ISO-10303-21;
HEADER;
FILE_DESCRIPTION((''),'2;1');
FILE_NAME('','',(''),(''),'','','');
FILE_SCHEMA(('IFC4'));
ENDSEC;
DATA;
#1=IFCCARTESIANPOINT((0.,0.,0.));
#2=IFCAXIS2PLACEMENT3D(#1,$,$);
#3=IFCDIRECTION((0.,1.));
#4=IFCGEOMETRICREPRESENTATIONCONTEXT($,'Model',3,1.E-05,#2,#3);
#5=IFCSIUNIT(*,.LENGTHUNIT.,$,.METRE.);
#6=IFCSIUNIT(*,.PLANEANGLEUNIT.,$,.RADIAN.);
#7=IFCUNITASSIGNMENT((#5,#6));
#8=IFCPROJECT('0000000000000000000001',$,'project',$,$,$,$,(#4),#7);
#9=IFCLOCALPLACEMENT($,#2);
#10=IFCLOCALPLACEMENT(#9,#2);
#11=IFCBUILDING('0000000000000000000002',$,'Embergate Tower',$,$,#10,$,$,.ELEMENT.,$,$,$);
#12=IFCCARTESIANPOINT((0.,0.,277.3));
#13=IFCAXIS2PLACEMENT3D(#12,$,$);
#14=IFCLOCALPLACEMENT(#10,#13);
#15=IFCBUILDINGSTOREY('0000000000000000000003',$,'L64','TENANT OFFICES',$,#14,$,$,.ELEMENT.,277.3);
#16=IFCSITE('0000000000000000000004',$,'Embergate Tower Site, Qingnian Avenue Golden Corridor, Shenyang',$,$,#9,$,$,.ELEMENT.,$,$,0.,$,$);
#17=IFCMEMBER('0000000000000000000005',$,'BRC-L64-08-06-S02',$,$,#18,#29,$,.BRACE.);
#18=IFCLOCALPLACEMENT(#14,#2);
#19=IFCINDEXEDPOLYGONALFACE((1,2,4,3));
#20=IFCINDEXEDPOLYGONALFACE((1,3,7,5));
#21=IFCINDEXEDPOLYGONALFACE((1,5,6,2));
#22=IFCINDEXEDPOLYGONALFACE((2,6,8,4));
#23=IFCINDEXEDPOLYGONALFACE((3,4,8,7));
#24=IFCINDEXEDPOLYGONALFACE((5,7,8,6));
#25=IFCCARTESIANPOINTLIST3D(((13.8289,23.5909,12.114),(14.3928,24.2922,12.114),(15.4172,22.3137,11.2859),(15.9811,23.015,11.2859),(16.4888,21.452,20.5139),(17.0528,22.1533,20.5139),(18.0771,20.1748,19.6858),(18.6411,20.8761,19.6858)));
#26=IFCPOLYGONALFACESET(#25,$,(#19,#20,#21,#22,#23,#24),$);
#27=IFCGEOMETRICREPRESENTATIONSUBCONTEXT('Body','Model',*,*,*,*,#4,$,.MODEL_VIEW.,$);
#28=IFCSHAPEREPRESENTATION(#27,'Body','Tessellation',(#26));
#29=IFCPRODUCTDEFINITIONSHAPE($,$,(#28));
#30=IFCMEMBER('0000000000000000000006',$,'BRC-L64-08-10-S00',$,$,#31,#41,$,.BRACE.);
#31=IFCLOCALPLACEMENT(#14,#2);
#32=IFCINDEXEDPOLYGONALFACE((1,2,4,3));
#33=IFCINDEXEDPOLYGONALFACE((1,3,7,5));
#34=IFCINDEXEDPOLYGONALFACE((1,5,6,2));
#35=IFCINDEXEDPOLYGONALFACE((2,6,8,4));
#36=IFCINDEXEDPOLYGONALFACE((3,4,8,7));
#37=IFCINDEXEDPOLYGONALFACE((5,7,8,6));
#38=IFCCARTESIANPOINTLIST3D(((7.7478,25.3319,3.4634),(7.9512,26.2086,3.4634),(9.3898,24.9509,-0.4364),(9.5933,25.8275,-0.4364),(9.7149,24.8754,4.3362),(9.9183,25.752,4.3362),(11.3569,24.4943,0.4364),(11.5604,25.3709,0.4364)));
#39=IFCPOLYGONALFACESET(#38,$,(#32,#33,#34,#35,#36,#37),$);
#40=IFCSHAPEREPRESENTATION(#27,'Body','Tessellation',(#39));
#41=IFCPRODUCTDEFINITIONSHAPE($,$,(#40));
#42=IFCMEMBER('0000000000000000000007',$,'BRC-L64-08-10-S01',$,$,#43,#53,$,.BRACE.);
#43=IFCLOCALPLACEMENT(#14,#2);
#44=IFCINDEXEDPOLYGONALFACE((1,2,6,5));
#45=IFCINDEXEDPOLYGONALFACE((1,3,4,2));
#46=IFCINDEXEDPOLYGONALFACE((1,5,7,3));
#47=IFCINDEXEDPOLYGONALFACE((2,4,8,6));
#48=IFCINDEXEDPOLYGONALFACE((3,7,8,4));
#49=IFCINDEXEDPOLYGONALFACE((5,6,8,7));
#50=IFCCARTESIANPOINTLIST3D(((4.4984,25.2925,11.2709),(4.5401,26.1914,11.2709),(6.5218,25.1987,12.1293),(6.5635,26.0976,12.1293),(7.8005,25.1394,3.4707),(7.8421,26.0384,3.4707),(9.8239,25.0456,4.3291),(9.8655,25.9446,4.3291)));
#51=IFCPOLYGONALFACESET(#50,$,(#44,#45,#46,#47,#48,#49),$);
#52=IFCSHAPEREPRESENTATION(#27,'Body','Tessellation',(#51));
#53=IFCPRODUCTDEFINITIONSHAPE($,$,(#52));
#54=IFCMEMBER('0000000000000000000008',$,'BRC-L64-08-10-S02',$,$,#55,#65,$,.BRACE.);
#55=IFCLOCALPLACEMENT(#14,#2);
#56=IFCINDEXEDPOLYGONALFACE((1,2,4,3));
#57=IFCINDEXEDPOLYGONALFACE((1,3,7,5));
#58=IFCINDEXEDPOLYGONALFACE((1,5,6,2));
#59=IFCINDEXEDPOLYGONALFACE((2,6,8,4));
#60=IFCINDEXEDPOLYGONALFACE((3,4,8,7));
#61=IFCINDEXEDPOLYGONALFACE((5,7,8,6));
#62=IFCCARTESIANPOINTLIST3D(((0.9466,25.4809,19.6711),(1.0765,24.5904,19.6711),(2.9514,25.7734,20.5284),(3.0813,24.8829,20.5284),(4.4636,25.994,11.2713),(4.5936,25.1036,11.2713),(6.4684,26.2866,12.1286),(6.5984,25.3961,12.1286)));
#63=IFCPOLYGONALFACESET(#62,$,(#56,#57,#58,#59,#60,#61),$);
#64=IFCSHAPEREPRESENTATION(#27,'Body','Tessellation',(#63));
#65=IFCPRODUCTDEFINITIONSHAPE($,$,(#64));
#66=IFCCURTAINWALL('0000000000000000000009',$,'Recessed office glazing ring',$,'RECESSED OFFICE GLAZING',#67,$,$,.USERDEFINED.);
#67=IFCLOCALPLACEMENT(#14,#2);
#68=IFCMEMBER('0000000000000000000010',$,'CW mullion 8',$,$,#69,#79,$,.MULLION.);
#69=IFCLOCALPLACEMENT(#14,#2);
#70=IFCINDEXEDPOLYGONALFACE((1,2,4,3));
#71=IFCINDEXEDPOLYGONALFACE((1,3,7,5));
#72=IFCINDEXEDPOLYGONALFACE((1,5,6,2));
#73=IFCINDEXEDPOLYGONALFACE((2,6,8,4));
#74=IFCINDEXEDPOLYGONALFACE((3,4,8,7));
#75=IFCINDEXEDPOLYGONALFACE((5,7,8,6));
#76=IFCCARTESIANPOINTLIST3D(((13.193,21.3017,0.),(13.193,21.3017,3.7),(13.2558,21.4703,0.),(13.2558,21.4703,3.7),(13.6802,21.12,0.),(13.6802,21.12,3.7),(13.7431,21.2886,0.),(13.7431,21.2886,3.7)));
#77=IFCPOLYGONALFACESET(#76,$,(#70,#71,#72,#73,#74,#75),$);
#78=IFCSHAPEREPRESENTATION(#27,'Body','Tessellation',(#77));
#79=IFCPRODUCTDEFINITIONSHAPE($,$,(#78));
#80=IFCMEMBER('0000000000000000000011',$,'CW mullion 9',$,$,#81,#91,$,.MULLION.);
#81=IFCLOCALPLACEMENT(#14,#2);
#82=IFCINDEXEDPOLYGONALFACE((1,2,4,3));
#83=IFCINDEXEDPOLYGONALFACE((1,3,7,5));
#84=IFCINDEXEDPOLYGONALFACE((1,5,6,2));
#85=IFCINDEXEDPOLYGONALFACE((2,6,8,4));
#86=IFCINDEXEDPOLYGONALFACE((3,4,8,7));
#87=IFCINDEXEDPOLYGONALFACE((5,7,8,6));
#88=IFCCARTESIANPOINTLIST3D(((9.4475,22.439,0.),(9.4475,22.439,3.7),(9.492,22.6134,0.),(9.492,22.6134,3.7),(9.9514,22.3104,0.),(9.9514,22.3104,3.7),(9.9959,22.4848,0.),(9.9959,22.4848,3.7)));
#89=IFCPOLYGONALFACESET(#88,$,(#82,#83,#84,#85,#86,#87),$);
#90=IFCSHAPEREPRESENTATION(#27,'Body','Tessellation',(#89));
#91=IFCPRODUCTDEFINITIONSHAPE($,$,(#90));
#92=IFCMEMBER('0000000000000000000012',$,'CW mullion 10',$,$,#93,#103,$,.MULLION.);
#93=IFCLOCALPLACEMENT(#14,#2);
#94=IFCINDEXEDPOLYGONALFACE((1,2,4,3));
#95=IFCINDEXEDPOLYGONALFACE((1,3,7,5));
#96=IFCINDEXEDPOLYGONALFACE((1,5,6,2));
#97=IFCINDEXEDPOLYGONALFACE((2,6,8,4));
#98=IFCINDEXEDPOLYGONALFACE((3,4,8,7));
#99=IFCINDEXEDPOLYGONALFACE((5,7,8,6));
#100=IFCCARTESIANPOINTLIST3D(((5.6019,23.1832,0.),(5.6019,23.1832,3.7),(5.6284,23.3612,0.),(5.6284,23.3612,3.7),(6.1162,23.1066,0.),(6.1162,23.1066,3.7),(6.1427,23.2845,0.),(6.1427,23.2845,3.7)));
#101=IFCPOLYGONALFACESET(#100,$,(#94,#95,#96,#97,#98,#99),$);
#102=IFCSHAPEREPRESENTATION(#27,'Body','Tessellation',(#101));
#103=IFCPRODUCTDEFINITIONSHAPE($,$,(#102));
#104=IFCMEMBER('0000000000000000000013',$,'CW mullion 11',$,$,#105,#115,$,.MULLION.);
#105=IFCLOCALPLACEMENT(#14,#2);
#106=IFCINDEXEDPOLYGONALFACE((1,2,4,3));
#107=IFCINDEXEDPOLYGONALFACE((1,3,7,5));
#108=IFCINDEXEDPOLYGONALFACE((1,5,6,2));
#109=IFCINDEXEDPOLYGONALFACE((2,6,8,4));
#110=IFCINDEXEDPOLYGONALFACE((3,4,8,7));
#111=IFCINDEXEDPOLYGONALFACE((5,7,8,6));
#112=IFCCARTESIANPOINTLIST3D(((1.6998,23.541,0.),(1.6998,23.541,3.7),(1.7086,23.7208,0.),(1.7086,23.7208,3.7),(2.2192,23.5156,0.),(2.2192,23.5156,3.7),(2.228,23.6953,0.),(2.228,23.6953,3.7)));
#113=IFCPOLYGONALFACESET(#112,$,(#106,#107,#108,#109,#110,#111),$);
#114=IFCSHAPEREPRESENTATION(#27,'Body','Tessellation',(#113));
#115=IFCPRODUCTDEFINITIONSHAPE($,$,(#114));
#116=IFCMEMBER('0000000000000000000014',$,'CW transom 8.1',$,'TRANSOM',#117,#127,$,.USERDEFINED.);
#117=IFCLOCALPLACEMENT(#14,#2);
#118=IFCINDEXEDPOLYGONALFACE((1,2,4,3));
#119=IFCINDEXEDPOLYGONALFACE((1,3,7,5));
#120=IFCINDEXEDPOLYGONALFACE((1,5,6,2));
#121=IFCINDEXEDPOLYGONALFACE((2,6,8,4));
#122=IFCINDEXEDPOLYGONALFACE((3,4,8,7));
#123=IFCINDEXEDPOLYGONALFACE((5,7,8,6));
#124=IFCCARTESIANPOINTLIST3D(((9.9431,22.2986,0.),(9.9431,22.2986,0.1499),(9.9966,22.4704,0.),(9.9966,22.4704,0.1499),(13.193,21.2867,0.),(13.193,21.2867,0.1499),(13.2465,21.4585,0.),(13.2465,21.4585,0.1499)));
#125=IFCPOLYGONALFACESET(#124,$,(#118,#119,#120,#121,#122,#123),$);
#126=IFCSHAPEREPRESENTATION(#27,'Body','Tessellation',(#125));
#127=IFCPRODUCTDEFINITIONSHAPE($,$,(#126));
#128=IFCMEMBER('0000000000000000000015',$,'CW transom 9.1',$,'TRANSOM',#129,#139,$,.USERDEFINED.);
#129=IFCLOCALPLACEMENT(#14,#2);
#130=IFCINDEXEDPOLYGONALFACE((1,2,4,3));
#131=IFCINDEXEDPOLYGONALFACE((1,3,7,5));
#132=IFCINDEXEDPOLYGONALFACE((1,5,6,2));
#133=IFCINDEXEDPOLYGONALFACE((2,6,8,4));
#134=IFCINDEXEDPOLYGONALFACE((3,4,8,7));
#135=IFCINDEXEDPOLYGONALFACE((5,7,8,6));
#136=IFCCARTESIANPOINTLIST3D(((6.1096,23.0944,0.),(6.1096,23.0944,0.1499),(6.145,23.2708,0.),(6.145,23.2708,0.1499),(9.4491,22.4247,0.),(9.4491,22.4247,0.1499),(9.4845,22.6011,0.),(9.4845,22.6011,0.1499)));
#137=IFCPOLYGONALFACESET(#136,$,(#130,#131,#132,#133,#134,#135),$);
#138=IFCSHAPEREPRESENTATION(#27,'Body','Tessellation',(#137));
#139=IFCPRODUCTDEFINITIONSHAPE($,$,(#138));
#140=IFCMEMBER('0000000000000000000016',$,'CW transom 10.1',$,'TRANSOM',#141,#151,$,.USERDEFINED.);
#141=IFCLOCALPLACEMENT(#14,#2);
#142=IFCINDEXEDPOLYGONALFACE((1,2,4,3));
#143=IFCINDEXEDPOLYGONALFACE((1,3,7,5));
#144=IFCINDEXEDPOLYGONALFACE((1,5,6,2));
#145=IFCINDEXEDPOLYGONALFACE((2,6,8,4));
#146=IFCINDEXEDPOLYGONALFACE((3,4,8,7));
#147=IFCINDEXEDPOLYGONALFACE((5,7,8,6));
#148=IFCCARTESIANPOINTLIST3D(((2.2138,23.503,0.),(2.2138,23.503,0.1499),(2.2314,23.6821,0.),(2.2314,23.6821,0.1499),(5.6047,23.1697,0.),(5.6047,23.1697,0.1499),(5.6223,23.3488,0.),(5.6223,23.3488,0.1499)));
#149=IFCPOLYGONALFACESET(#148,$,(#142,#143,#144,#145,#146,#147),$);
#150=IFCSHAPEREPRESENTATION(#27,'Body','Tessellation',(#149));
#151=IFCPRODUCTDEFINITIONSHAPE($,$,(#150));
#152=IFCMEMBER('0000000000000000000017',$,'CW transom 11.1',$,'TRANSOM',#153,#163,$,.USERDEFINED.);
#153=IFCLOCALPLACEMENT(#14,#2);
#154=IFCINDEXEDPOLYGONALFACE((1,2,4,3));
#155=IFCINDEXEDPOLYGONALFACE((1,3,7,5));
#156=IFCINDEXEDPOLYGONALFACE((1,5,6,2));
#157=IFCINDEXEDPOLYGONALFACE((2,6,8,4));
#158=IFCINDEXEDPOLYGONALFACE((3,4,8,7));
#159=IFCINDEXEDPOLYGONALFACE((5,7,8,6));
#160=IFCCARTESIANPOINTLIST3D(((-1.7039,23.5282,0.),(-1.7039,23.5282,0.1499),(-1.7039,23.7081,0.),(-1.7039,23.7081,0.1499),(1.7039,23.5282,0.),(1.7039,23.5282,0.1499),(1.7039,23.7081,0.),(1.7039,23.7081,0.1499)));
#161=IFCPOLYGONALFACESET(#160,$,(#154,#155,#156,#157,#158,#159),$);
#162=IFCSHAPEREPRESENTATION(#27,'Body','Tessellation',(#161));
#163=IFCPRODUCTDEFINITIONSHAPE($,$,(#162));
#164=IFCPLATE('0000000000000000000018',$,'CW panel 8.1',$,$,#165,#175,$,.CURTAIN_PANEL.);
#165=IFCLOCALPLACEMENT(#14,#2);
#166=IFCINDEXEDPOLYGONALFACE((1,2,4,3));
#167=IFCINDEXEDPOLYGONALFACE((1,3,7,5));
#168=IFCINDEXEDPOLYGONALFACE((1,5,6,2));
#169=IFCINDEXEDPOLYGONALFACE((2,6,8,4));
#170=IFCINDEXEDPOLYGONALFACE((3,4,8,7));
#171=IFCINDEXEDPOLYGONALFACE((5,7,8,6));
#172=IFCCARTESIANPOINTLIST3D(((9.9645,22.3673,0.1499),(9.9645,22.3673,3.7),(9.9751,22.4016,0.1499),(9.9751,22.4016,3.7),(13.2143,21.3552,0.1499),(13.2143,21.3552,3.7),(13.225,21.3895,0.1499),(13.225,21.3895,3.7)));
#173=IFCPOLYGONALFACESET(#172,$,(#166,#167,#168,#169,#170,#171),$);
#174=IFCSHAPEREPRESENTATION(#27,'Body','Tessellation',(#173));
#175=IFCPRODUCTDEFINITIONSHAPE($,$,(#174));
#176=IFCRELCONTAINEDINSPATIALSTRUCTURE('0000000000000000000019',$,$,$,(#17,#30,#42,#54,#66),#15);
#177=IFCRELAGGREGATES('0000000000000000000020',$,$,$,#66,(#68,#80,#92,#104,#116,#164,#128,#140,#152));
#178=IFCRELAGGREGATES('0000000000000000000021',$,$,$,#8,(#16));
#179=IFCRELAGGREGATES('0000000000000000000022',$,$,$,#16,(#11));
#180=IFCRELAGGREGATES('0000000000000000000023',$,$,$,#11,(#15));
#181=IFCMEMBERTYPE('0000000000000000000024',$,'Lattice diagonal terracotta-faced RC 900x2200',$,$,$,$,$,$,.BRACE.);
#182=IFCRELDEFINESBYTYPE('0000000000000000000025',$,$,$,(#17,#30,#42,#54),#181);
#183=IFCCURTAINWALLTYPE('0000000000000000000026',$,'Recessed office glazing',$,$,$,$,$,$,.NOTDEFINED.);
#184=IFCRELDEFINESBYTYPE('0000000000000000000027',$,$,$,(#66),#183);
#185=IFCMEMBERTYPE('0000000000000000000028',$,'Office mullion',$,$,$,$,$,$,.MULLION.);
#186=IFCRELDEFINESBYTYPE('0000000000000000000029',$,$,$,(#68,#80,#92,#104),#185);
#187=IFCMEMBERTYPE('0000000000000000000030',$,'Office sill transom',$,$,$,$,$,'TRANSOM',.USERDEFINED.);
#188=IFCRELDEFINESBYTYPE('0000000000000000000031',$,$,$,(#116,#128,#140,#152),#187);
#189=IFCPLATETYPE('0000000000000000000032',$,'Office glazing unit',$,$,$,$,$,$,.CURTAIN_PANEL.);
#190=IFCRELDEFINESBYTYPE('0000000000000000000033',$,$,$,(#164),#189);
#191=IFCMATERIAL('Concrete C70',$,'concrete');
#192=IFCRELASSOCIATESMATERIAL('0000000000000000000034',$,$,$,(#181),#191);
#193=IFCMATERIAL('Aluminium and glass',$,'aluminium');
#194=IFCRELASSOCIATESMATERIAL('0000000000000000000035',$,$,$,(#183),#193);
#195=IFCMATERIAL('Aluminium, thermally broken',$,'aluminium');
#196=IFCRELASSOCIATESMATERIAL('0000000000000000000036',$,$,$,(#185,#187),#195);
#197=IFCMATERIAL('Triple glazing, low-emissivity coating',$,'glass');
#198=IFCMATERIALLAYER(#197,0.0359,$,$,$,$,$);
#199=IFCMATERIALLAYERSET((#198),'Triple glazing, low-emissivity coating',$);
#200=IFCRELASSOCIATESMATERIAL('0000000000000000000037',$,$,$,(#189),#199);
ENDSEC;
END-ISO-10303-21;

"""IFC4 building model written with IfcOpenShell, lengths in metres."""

from ifc_helpers import new_model, si_unit, direction, frame, origin, origin_2d, place, context, subcontext, project, spatial, rectangle, extrude, source, transform, mapped, material, layer, layer_set, material_profile, profile_set, type_object, element, aggregate, save


model = new_model("IFC4")

# Units and contexts
model_context = context("Model", 3, precision=1e-05, world=origin(), true_north=direction((0.0, 1.0)))
body_context = subcontext(model_context, "Body", "Model", "MODEL_VIEW")
ifc_project = project(units=[si_unit("LENGTHUNIT", "METRE"), si_unit("PLANEANGLEUNIT", "RADIAN")], contexts=[model_context])

# Site, building, storey
site_placement = place(None, origin())
site = spatial("IfcSite", under=ifc_project, at=site_placement, Name="Embergate Tower Site, Qingnian Avenue Golden Corridor, Shenyang", CompositionType="ELEMENT", RefElevation=0.0)
building_placement = place(site_placement, origin())
building = spatial("IfcBuilding", under=site, at=building_placement, Name="Embergate Tower", CompositionType="ELEMENT")
storey_placement = place(building_placement, frame((0.0, 0.0, 277.3)))
storey = spatial("IfcBuildingStorey", under=building, at=storey_placement, Name="L64", Description="TENANT OFFICES", CompositionType="ELEMENT", Elevation=277.3)

# Members
ifc_material_1 = material(Name="Concrete C70", Category="concrete")
ifc_material_profile_1 = material_profile(ifc_material_1, rectangle(XDim=0.8999, YDim=2.2, at=origin_2d()), Name="RC 900x2200")
ifc_profile_set_1 = profile_set([ifc_material_profile_1], Name="Concrete C70")
member_type_1 = type_object("IfcMemberType", Name="Lattice diagonal terracotta-faced RC 900x2200", PredefinedType="BRACE", material=ifc_profile_set_1)
shared_shape_1 = source(origin(), body_context, "Body", "SweptSolid", [
    extrude(rectangle(XDim=0.8999, YDim=2.2, at=origin_2d()), origin(), (0.0, 0.0, 1.0), 9.0669),
])
member_1_placement = place(storey_placement, frame((14.905, 23.303, 11.7), z_axis=(0.293366, -0.235904, 0.926437), x_axis=(0.626656, 0.779296, 0.0)))
element("IfcMember", 1, at=member_1_placement, inside=storey, type_object=member_type_1, Name="BRC-L64-08-06-S02", PredefinedType="BRACE", context=body_context, shape_type="MappedRepresentation", body=[
    mapped(shared_shape_1, transform((0.0, 0.0, 0.0))),
])
shared_shape_2 = source(origin(), body_context, "Body", "SweptSolid", [
    extrude(rectangle(XDim=0.8999, YDim=2.2, at=origin_2d()), origin(), (0.0, 0.0, 1.0), 4.2485),
])
member_2_placement = place(storey_placement, frame((10.4751, 25.1609, 0.0), z_axis=(-0.386498, 0.0897, 0.917918), x_axis=(-0.226076, -0.97411, 0.0)))
element("IfcMember", 2, at=member_2_placement, inside=storey, type_object=member_type_1, Name="BRC-L64-08-10-S00", PredefinedType="BRACE", context=body_context, shape_type="MappedRepresentation", body=[
    mapped(shared_shape_2, transform((0.0, 0.0, 0.0))),
])
shared_shape_3 = source(origin(), body_context, "Body", "SweptSolid", [
    extrude(rectangle(XDim=0.8999, YDim=2.2, at=origin_2d()), origin(), (0.0, 0.0, 1.0), 8.4717),
])
member_3_placement = place(storey_placement, frame((8.833, 25.542, 3.8999), z_axis=(-0.389775, 0.018069, 0.920733), x_axis=(-0.046309, -0.998927, 0.0)))
element("IfcMember", 3, at=member_3_placement, inside=storey, type_object=member_type_1, Name="BRC-L64-08-10-S01", PredefinedType="BRACE", context=body_context, shape_type="MappedRepresentation", body=[
    mapped(shared_shape_3, transform((0.0, 0.0, 0.0))),
])
shared_shape_4 = source(origin(), body_context, "Body", "SweptSolid", [
    extrude(rectangle(XDim=0.8999, YDim=2.2, at=origin_2d()), origin(), (0.0, 0.0, 1.0), 9.1208),
])
member_4_placement = place(storey_placement, frame((5.531, 25.6951, 11.7), z_axis=(-0.385606, -0.056264, 0.920946), x_axis=(0.144383, -0.989522, 0.0)))
element("IfcMember", 4, at=member_4_placement, inside=storey, type_object=member_type_1, Name="BRC-L64-08-10-S02", PredefinedType="BRACE", context=body_context, shape_type="MappedRepresentation", body=[
    mapped(shared_shape_4, transform((0.0, 0.0, 0.0))),
])

# Curtain wall, members, plate
ifc_material_2 = material(Name="Aluminium and glass", Category="aluminium")
curtain_wall_type = type_object("IfcCurtainWallType", Name="Recessed office glazing", PredefinedType="NOTDEFINED", material=ifc_material_2)
curtain_wall_placement = place(storey_placement, origin())
curtain_wall = element("IfcCurtainWall", 5, at=curtain_wall_placement, inside=storey, type_object=curtain_wall_type, Name="Recessed office glazing ring", ObjectType="RECESSED OFFICE GLAZING", PredefinedType="USERDEFINED")
ifc_material_3 = material(Name="Aluminium, thermally broken", Category="aluminium")
ifc_material_profile_2 = material_profile(ifc_material_3, rectangle(XDim=0.1799, YDim=0.52, at=origin_2d()), Name="AL 520x180")
ifc_profile_set_2 = profile_set([ifc_material_profile_2], Name="Aluminium, thermally broken")
member_type_2 = type_object("IfcMemberType", Name="Office mullion", PredefinedType="MULLION", material=ifc_profile_set_2)
shared_shape_5 = source(origin(), body_context, "Body", "SweptSolid", [
    extrude(rectangle(XDim=0.1799, YDim=0.52, at=origin_2d()), origin(), (0.0, 0.0, 1.0), 3.7),
])
member_5_placement = place(storey_placement, frame((13.468, 21.2952, 0.0), z_axis=(0.0, 0.0, 1.0), x_axis=(-0.349498, -0.936937, 0.0)))
member_5 = element("IfcMember", 6, at=member_5_placement, type_object=member_type_2, Name="CW mullion 8", PredefinedType="MULLION", context=body_context, shape_type="MappedRepresentation", body=[
    mapped(shared_shape_5, transform((0.0, 0.0, 0.0))),
])
member_6_placement = place(storey_placement, frame((9.7217, 22.4619, 0.0), z_axis=(0.0, 0.0, 1.0), x_axis=(-0.247308, -0.968937, 0.0)))
member_6 = element("IfcMember", 7, at=member_6_placement, type_object=member_type_2, Name="CW mullion 9", PredefinedType="MULLION", context=body_context, shape_type="MappedRepresentation", body=[
    mapped(shared_shape_5, transform((0.0, 0.0, 0.0))),
])
member_7_placement = place(storey_placement, frame((5.8723, 23.2339, 0.0), z_axis=(0.0, 0.0, 1.0), x_axis=(-0.147409, -0.989076, 0.0)))
member_7 = element("IfcMember", 8, at=member_7_placement, type_object=member_type_2, Name="CW mullion 10", PredefinedType="MULLION", context=body_context, shape_type="MappedRepresentation", body=[
    mapped(shared_shape_5, transform((0.0, 0.0, 0.0))),
])
member_8_placement = place(storey_placement, frame((1.9639, 23.6182, 0.0), z_axis=(0.0, 0.0, 1.0), x_axis=(-0.04897, -0.9988, 0.0)))
member_8 = element("IfcMember", 9, at=member_8_placement, type_object=member_type_2, Name="CW mullion 11", PredefinedType="MULLION", context=body_context, shape_type="MappedRepresentation", body=[
    mapped(shared_shape_5, transform((0.0, 0.0, 0.0))),
])
ifc_material_profile_3 = material_profile(ifc_material_3, rectangle(XDim=0.1799, YDim=0.1499, at=origin_2d()), Name="AL 150x180")
ifc_profile_set_3 = profile_set([ifc_material_profile_3], Name="Aluminium, thermally broken")
member_type_3 = type_object("IfcMemberType", Name="Office sill transom", ElementType="TRANSOM", PredefinedType="USERDEFINED", material=ifc_profile_set_3)
shared_shape_6 = source(origin(), body_context, "Body", "SweptSolid", [
    extrude(rectangle(XDim=0.1799, YDim=0.1499, at=origin_2d()), origin(), (0.0, 0.0, 1.0), 3.4038),
])
member_9_placement = place(storey_placement, frame((13.2197, 21.3726, 0.075), z_axis=(-0.954786, 0.297295, 0.0), x_axis=(-0.297295, -0.954786, 0.0)))
member_9 = element("IfcMember", 10, at=member_9_placement, type_object=member_type_3, Name="CW transom 8.1", ObjectType="TRANSOM", PredefinedType="USERDEFINED", context=body_context, shape_type="MappedRepresentation", body=[
    mapped(shared_shape_6, transform((0.0, 0.0, 0.0))),
])
shared_shape_7 = source(origin(), body_context, "Body", "SweptSolid", [
    extrude(rectangle(XDim=0.1799, YDim=0.1499, at=origin_2d()), origin(), (0.0, 0.0, 1.0), 3.406),
])
member_10_placement = place(storey_placement, frame((9.4668, 22.5129, 0.075), z_axis=(-0.980481, 0.196612, 0.0), x_axis=(-0.196612, -0.980481, 0.0)))
member_10 = element("IfcMember", 11, at=member_10_placement, type_object=member_type_3, Name="CW transom 9.1", ObjectType="TRANSOM", PredefinedType="USERDEFINED", context=body_context, shape_type="MappedRepresentation", body=[
    mapped(shared_shape_7, transform((0.0, 0.0, 0.0))),
])
shared_shape_8 = source(origin(), body_context, "Body", "SweptSolid", [
    extrude(rectangle(XDim=0.1799, YDim=0.1499, at=origin_2d()), origin(), (0.0, 0.0, 1.0), 3.4072),
])
member_11_placement = place(storey_placement, frame((5.6135, 23.2593, 0.075), z_axis=(-0.995205, 0.097808, 0.0), x_axis=(-0.097808, -0.995205, 0.0)))
member_11 = element("IfcMember", 12, at=member_11_placement, type_object=member_type_3, Name="CW transom 10.1", ObjectType="TRANSOM", PredefinedType="USERDEFINED", context=body_context, shape_type="MappedRepresentation", body=[
    mapped(shared_shape_8, transform((0.0, 0.0, 0.0))),
])
shared_shape_9 = source(origin(), body_context, "Body", "SweptSolid", [
    extrude(rectangle(XDim=0.1799, YDim=0.1499, at=origin_2d()), origin(), (0.0, 0.0, 1.0), 3.4077),
])
member_12_placement = place(storey_placement, frame((1.7039, 23.6182, 0.075), z_axis=(-1.0, 0.0, 0.0), x_axis=(0.0, -1.0, 0.0)))
member_12 = element("IfcMember", 13, at=member_12_placement, type_object=member_type_3, Name="CW transom 11.1", ObjectType="TRANSOM", PredefinedType="USERDEFINED", context=body_context, shape_type="MappedRepresentation", body=[
    mapped(shared_shape_9, transform((0.0, 0.0, 0.0))),
])
ifc_material_4 = material(Name="Triple glazing, low-emissivity coating", Category="glass")
ifc_layer_1 = layer(ifc_material_4, 0.0359)
ifc_layer_set_1 = layer_set([ifc_layer_1], Name="Triple glazing, low-emissivity coating")
plate_type = type_object("IfcPlateType", Name="Office glazing unit", PredefinedType="CURTAIN_PANEL", material=ifc_layer_set_1)
shared_shape_10 = source(origin(), body_context, "Body", "SweptSolid", [
    extrude(rectangle(XDim=3.4038, YDim=0.0359, at=origin_2d()), origin(), (0.0, 0.0, 1.0), 3.55),
])
plate_1_placement = place(storey_placement, frame((11.5947, 21.8784, 0.1499), z_axis=(0.0, 0.0, 1.0), x_axis=(-0.954773, 0.297337, 0.0)))
plate_1 = element("IfcPlate", 14, at=plate_1_placement, type_object=plate_type, Name="CW panel 8.1", PredefinedType="CURTAIN_PANEL", context=body_context, shape_type="MappedRepresentation", body=[
    mapped(shared_shape_10, transform((0.0, 0.0, 0.0))),
])
aggregate(curtain_wall, [member_5, member_6, member_7, member_8, member_9, plate_1, member_10, member_11, member_12])

save(model, "model.ifc")
